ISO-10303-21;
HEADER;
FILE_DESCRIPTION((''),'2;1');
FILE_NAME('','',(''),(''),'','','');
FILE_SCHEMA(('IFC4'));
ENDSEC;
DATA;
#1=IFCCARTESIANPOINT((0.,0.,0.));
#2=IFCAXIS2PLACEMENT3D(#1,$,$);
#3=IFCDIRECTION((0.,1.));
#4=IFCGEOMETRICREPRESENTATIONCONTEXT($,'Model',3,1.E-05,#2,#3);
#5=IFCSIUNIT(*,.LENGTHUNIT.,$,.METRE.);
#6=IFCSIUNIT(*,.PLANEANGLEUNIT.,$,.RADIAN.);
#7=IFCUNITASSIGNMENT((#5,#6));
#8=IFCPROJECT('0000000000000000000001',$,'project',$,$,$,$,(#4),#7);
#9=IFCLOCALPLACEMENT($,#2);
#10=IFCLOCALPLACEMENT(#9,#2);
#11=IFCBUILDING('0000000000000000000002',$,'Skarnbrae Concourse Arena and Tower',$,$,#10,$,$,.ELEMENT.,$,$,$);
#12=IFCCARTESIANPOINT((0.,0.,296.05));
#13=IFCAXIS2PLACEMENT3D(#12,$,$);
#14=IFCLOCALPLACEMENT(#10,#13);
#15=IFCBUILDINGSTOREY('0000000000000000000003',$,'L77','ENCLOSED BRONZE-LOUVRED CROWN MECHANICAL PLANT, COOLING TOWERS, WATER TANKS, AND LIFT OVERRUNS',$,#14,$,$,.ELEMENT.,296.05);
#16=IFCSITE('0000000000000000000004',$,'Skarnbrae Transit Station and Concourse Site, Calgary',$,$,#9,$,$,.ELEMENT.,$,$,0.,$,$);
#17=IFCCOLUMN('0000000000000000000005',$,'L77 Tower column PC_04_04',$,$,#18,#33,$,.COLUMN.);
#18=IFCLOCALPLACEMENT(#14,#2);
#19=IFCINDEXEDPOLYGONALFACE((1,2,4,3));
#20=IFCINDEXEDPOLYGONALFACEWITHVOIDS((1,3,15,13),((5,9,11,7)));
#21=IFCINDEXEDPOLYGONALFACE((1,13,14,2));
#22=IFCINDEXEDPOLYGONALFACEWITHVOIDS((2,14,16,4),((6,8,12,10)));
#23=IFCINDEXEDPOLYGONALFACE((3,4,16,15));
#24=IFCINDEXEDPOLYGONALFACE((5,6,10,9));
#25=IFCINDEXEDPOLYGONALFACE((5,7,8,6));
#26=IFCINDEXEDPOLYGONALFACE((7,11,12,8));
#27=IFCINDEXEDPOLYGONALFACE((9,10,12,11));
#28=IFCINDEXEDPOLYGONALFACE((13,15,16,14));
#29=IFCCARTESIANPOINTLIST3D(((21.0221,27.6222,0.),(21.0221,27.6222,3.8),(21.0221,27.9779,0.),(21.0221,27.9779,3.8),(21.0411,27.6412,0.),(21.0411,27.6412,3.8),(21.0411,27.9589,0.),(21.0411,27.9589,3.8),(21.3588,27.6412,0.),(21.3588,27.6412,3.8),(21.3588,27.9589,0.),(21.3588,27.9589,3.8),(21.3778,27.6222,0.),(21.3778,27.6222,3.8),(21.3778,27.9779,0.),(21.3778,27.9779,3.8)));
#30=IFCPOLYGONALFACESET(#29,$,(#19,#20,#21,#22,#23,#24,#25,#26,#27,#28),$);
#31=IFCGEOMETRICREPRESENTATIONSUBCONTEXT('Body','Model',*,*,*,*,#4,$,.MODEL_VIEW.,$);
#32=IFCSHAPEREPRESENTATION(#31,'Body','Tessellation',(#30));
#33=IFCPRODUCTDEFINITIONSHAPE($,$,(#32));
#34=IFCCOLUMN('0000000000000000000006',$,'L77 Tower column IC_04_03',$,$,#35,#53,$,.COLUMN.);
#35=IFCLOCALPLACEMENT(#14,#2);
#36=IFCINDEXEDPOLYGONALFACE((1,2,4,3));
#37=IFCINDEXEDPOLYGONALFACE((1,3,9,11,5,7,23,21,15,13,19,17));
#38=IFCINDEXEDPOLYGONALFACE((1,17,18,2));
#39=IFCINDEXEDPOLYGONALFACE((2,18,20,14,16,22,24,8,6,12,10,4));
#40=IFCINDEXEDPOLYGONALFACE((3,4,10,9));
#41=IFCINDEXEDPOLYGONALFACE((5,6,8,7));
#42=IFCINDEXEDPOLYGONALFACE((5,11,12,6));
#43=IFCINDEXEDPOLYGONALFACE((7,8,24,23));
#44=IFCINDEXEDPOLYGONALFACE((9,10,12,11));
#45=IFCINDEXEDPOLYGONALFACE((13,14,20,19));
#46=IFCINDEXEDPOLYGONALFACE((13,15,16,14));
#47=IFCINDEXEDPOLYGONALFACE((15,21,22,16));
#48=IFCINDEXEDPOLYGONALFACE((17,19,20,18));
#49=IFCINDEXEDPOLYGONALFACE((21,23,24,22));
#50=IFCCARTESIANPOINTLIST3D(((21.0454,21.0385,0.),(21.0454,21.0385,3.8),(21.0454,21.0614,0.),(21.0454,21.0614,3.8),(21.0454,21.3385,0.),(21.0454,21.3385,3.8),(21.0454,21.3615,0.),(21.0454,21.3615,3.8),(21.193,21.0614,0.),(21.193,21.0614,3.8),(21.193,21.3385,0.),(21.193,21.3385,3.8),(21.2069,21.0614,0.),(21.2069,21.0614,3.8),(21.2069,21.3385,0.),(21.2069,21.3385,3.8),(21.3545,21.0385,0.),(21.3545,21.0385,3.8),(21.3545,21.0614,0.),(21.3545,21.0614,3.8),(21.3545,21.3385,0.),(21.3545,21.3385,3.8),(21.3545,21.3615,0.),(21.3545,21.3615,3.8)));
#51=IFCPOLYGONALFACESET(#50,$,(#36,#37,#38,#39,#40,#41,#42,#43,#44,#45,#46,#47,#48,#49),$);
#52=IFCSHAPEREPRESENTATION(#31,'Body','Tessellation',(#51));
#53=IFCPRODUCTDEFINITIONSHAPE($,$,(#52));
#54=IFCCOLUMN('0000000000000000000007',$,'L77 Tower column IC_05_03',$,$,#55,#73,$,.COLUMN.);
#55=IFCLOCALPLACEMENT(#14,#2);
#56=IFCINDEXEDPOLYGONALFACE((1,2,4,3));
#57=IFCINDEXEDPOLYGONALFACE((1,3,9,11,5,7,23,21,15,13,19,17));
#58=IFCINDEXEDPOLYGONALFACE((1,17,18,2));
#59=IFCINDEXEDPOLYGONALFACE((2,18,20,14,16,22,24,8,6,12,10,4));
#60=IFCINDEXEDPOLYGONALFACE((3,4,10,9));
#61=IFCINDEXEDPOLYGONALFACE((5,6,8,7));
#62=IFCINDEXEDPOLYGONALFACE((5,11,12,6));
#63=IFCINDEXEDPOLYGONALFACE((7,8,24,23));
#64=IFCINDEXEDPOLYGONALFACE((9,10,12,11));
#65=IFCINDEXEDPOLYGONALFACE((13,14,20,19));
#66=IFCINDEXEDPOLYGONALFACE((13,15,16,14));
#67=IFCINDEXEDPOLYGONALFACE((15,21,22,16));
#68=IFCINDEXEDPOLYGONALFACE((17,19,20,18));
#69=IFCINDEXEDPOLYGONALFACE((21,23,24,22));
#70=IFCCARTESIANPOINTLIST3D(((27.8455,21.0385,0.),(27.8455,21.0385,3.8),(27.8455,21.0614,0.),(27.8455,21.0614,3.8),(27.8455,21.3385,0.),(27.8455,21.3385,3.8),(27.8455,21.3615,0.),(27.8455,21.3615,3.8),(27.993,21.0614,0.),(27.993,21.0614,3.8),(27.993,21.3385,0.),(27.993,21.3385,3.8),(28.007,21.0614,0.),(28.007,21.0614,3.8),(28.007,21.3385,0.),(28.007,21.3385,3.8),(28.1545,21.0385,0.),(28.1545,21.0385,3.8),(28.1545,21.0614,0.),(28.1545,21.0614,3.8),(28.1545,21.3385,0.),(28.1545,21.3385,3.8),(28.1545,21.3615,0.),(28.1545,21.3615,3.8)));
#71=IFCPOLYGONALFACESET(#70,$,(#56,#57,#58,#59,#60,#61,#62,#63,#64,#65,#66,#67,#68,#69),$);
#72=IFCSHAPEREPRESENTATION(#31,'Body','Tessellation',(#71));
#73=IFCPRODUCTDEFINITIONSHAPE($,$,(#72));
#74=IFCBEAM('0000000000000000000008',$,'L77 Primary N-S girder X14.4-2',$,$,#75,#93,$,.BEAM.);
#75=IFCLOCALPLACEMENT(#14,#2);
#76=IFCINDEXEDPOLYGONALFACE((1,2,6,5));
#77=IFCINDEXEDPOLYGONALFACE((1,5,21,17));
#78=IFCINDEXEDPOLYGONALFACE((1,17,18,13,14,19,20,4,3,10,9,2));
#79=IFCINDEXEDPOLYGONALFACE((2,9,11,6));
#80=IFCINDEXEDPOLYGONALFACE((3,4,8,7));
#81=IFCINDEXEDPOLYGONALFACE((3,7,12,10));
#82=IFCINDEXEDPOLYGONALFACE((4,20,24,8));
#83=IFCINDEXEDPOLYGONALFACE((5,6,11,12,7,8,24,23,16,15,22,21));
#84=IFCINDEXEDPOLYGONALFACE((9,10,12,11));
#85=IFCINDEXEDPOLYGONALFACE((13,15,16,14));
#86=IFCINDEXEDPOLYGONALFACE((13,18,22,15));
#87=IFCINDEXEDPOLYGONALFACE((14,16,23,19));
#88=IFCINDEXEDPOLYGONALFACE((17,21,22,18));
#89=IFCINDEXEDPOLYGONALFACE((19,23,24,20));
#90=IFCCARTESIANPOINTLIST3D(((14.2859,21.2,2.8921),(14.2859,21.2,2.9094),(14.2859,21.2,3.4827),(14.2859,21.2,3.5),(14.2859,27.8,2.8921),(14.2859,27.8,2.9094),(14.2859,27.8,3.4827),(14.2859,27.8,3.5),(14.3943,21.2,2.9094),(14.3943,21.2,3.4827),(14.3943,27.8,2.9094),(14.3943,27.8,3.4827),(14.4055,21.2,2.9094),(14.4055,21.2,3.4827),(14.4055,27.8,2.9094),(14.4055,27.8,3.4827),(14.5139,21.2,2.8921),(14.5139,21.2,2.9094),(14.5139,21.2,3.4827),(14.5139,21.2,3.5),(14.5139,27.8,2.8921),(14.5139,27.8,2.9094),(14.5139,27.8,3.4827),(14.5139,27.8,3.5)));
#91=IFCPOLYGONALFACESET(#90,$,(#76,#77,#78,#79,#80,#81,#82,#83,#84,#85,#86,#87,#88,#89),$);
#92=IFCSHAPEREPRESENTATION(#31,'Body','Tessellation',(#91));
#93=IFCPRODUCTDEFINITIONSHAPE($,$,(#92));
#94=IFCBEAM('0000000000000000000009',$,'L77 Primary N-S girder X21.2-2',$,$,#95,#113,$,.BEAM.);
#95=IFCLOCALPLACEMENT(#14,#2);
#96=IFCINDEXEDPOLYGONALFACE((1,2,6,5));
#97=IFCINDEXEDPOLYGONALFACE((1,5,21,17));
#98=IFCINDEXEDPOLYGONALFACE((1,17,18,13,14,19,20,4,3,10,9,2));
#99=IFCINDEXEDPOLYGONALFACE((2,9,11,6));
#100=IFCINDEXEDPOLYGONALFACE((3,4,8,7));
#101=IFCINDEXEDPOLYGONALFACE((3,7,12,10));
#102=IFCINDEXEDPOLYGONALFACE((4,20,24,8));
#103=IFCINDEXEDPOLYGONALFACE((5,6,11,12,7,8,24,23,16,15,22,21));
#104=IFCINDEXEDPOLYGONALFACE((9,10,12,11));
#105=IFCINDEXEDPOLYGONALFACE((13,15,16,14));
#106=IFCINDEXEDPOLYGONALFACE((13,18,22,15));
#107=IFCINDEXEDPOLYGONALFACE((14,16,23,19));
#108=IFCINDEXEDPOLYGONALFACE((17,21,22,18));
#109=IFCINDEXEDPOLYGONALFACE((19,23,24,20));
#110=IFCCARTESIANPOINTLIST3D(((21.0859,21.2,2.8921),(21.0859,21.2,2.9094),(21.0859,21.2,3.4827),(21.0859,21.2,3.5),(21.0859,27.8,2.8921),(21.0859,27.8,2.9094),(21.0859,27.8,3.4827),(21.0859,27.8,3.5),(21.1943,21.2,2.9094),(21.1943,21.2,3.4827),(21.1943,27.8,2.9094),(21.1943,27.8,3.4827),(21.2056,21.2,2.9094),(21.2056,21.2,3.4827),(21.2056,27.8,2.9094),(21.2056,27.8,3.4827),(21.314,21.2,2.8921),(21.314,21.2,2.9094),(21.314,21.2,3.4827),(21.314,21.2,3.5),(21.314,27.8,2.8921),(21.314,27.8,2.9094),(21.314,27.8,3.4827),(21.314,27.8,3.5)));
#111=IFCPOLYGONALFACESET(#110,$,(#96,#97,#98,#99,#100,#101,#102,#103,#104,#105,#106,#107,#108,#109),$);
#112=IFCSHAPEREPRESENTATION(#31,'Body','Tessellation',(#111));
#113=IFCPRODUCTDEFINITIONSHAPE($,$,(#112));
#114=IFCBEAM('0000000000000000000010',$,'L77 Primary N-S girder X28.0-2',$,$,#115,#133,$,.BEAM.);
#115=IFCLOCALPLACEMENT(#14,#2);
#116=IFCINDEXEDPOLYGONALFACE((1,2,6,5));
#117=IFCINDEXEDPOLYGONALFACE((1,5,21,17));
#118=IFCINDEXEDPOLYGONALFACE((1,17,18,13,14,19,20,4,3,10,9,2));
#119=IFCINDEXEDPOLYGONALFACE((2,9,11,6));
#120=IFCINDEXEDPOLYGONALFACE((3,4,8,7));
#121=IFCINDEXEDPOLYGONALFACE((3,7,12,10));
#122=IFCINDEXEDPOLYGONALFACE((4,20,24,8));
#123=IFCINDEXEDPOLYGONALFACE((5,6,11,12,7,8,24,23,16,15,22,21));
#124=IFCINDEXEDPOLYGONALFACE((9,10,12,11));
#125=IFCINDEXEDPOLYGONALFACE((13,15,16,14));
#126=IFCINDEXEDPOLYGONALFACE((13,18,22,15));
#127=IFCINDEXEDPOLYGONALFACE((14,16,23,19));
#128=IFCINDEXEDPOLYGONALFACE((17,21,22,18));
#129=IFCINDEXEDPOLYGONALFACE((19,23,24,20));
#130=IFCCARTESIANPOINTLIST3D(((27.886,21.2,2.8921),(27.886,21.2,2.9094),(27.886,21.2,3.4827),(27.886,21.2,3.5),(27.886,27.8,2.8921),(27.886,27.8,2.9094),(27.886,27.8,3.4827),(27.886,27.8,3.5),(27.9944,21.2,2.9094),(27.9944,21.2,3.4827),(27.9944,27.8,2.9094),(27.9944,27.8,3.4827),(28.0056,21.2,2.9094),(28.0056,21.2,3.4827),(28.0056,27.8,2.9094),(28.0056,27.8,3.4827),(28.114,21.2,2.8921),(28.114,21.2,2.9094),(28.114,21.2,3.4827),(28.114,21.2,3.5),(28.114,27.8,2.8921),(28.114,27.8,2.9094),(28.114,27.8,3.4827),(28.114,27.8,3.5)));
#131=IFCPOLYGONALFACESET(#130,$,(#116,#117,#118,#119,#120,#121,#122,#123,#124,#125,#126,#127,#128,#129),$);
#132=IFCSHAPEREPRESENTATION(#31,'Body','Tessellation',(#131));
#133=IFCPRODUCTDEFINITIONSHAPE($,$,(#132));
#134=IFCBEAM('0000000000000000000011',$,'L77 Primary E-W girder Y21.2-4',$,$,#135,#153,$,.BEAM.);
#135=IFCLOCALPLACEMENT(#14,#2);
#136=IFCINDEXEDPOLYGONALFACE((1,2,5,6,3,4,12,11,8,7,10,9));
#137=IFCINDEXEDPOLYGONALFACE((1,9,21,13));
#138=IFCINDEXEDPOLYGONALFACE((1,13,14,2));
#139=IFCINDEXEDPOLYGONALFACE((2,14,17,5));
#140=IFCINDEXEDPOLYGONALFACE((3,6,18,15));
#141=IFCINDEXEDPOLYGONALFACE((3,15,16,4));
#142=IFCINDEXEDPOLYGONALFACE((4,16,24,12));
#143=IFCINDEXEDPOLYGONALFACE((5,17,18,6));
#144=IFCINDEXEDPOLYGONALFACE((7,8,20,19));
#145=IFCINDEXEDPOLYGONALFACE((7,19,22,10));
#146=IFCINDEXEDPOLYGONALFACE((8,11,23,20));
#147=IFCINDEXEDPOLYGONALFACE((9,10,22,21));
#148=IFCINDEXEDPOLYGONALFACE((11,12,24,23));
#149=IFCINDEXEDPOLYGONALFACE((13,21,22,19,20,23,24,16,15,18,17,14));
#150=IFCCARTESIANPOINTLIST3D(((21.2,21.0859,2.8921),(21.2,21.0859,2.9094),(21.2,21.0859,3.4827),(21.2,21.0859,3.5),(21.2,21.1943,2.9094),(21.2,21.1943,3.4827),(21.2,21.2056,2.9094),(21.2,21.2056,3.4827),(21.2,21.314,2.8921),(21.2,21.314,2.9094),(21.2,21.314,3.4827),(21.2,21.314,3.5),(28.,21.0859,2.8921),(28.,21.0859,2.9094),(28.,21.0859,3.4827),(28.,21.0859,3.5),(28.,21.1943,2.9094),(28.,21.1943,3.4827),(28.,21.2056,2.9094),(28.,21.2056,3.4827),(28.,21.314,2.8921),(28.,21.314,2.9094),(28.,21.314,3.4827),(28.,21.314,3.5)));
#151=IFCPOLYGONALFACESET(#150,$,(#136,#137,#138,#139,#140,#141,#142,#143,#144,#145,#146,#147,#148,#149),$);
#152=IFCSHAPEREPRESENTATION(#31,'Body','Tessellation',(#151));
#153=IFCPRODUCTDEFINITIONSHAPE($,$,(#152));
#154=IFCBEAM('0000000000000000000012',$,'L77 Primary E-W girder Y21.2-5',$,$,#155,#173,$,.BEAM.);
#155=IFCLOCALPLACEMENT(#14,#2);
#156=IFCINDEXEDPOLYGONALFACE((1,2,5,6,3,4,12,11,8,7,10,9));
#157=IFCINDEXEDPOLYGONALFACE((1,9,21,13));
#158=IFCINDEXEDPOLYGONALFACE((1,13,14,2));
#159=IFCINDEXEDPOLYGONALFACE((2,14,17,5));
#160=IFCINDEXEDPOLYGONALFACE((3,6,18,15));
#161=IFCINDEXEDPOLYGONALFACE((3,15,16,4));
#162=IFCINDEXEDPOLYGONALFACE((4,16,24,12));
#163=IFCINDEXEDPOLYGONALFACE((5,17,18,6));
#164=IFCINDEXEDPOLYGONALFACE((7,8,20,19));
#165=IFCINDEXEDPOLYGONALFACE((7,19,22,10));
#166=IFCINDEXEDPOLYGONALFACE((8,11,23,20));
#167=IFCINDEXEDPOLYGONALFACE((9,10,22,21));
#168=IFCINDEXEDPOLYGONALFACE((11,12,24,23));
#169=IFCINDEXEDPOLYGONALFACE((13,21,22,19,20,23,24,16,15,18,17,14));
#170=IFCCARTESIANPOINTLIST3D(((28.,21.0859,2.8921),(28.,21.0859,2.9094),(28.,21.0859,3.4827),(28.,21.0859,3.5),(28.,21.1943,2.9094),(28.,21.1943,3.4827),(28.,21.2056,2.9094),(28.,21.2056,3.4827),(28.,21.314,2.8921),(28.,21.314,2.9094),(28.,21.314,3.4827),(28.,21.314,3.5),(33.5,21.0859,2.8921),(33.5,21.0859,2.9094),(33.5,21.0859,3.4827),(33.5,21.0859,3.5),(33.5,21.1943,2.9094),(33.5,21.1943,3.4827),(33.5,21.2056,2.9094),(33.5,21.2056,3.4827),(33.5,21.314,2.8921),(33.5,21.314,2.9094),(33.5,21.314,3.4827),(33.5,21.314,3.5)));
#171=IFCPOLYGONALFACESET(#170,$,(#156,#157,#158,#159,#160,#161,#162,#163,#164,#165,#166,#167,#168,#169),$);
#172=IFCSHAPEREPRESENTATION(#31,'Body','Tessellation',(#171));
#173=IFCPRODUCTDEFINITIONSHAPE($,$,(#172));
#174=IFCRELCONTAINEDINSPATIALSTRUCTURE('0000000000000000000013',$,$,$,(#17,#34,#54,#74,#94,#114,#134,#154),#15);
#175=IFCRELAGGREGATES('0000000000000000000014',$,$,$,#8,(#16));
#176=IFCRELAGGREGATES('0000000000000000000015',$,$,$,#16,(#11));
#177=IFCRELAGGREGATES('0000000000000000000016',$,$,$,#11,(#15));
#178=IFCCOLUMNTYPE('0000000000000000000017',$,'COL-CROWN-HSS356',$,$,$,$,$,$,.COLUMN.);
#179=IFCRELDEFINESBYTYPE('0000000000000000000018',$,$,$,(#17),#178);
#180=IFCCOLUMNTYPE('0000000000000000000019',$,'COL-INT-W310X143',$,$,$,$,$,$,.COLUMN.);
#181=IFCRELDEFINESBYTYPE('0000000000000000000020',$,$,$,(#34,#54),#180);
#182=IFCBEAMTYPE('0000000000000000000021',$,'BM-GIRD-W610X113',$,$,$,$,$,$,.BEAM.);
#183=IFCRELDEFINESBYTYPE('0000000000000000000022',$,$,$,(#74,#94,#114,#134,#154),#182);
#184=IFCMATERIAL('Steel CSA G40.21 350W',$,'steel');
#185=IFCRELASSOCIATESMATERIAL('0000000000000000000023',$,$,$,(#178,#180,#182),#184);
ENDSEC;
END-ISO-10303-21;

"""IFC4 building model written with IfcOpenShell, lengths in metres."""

from ifc_helpers import new_model, si_unit, direction, frame, origin, origin_2d, place, context, subcontext, project, spatial, hollow_rectangle, i_section, extrude, source, transform, mapped, material, material_profile, profile_set, type_object, element, save


model = new_model("IFC4")

# Units and contexts
model_context = context("Model", 3, precision=1e-05, world=origin(), true_north=direction((0.0, 1.0)))
body_context = subcontext(model_context, "Body", "Model", "MODEL_VIEW")
ifc_project = project(units=[si_unit("LENGTHUNIT", "METRE"), si_unit("PLANEANGLEUNIT", "RADIAN")], contexts=[model_context])

# Site, building, storey
site_placement = place(None, origin())
site = spatial("IfcSite", under=ifc_project, at=site_placement, Name="Skarnbrae Transit Station and Concourse Site, Calgary", CompositionType="ELEMENT", RefElevation=0.0)
building_placement = place(site_placement, origin())
building = spatial("IfcBuilding", under=site, at=building_placement, Name="Skarnbrae Concourse Arena and Tower", CompositionType="ELEMENT")
storey_placement = place(building_placement, frame((0.0, 0.0, 296.05)))
storey = spatial("IfcBuildingStorey", under=building, at=storey_placement, Name="L77", Description="ENCLOSED BRONZE-LOUVRED CROWN MECHANICAL PLANT, COOLING TOWERS, WATER TANKS, AND LIFT OVERRUNS", CompositionType="ELEMENT", Elevation=296.05)

# Columns
ifc_material_1 = material(Name="Steel CSA G40.21 350W", Category="steel")
ifc_material_profile_1 = material_profile(ifc_material_1, hollow_rectangle(XDim=0.3557, YDim=0.3557, WallThickness=0.019, at=origin_2d()), Name="HSS356X356X19.0")
ifc_profile_set_1 = profile_set([ifc_material_profile_1], Name="Steel CSA G40.21 350W")
column_type_1 = type_object("IfcColumnType", Name="COL-CROWN-HSS356", PredefinedType="COLUMN", material=ifc_profile_set_1)
shared_shape_1 = source(origin(), body_context, "Body", "SweptSolid", [
    extrude(hollow_rectangle(XDim=0.3557, YDim=0.3557, WallThickness=0.019, at=origin_2d()), origin(), (0.0, 0.0, 1.0), 3.8),
])
column_placement = place(storey_placement, frame((21.2, 27.8, 0.0), z_axis=(0.0, 0.0, 1.0), x_axis=(1.0, 0.0, 0.0)))
element("IfcColumn", 1, at=column_placement, inside=storey, type_object=column_type_1, Name="L77 Tower column PC_04_04", PredefinedType="COLUMN", context=body_context, shape_type="MappedRepresentation", body=[
    mapped(shared_shape_1, transform((0.0, 0.0, 0.0))),
])
ifc_material_profile_2 = material_profile(ifc_material_1, i_section(OverallWidth=0.3091, OverallDepth=0.323, WebThickness=0.0139, FlangeThickness=0.0229, at=origin_2d()), Name="W310X143")
ifc_profile_set_2 = profile_set([ifc_material_profile_2], Name="Steel CSA G40.21 350W")
column_type_2 = type_object("IfcColumnType", Name="COL-INT-W310X143", PredefinedType="COLUMN", material=ifc_profile_set_2)
shared_shape_2 = source(origin(), body_context, "Body", "SweptSolid", [
    extrude(i_section(OverallWidth=0.3091, OverallDepth=0.323, WebThickness=0.0139, FlangeThickness=0.0229, at=origin_2d()), origin(), (0.0, 0.0, 1.0), 3.8),
])
for number, where, z_axis, x_axis, name in (
    (2, (21.2, 21.2, 0.0), (0.0, 0.0, 1.0), (1.0, 0.0, 0.0), "L77 Tower column IC_04_03"),
    (3, (28.0, 21.2, 0.0), (0.0, 0.0, 1.0), (1.0, 0.0, 0.0), "L77 Tower column IC_05_03"),
):
    element("IfcColumn", number, at=place(storey_placement, frame(where, z_axis=z_axis, x_axis=x_axis)), inside=storey, type_object=column_type_2, Name=name, PredefinedType="COLUMN", context=body_context, shape_type="MappedRepresentation", body=[
        mapped(shared_shape_2, transform((0.0, 0.0, 0.0))),
    ])

# Beams
ifc_material_profile_3 = material_profile(ifc_material_1, i_section(OverallWidth=0.228, OverallDepth=0.6079, WebThickness=0.0112, FlangeThickness=0.0173, at=origin_2d()), Name="W610X113")
ifc_profile_set_3 = profile_set([ifc_material_profile_3], Name="Steel CSA G40.21 350W")
beam_type_1 = type_object("IfcBeamType", Name="BM-GIRD-W610X113", PredefinedType="BEAM", material=ifc_profile_set_3)
shared_shape_3 = source(origin(), body_context, "Body", "SweptSolid", [
    extrude(i_section(OverallWidth=0.228, OverallDepth=0.6079, WebThickness=0.0112, FlangeThickness=0.0173, at=origin_2d()), origin(), (0.0, 0.0, 1.0), 6.6001),
])
for number, where, z_axis, x_axis, name in (
    (4, (14.3999, 21.2, 3.196), (0.0, 1.0, 0.0), (-1.0, 0.0, 0.0), "L77 Primary N-S girder X14.4-2"),
    (5, (21.2, 21.2, 3.196), (0.0, 1.0, 0.0), (-1.0, 0.0, 0.0), "L77 Primary N-S girder X21.2-2"),
    (6, (28.0, 21.2, 3.196), (0.0, 1.0, 0.0), (-1.0, 0.0, 0.0), "L77 Primary N-S girder X28.0-2"),
):
    element("IfcBeam", number, at=place(storey_placement, frame(where, z_axis=z_axis, x_axis=x_axis)), inside=storey, type_object=beam_type_1, Name=name, PredefinedType="BEAM", context=body_context, shape_type="MappedRepresentation", body=[
        mapped(shared_shape_3, transform((0.0, 0.0, 0.0))),
    ])
shared_shape_4 = source(origin(), body_context, "Body", "SweptSolid", [
    extrude(i_section(OverallWidth=0.228, OverallDepth=0.6079, WebThickness=0.0112, FlangeThickness=0.0173, at=origin_2d()), origin(), (0.0, 0.0, 1.0), 6.8),
])
beam_1_placement = place(storey_placement, frame((21.2, 21.2, 3.196), z_axis=(1.0, 0.0, 0.0), x_axis=(0.0, 1.0, 0.0)))
element("IfcBeam", 7, at=beam_1_placement, inside=storey, type_object=beam_type_1, Name="L77 Primary E-W girder Y21.2-4", PredefinedType="BEAM", context=body_context, shape_type="MappedRepresentation", body=[
    mapped(shared_shape_4, transform((0.0, 0.0, 0.0))),
])
shared_shape_5 = source(origin(), body_context, "Body", "SweptSolid", [
    extrude(i_section(OverallWidth=0.228, OverallDepth=0.6079, WebThickness=0.0112, FlangeThickness=0.0173, at=origin_2d()), origin(), (0.0, 0.0, 1.0), 5.5),
])
beam_2_placement = place(storey_placement, frame((28.0, 21.2, 3.196), z_axis=(1.0, 0.0, 0.0), x_axis=(0.0, 1.0, 0.0)))
element("IfcBeam", 8, at=beam_2_placement, inside=storey, type_object=beam_type_1, Name="L77 Primary E-W girder Y21.2-5", PredefinedType="BEAM", context=body_context, shape_type="MappedRepresentation", body=[
    mapped(shared_shape_5, transform((0.0, 0.0, 0.0))),
])

save(model, "model.ifc")
